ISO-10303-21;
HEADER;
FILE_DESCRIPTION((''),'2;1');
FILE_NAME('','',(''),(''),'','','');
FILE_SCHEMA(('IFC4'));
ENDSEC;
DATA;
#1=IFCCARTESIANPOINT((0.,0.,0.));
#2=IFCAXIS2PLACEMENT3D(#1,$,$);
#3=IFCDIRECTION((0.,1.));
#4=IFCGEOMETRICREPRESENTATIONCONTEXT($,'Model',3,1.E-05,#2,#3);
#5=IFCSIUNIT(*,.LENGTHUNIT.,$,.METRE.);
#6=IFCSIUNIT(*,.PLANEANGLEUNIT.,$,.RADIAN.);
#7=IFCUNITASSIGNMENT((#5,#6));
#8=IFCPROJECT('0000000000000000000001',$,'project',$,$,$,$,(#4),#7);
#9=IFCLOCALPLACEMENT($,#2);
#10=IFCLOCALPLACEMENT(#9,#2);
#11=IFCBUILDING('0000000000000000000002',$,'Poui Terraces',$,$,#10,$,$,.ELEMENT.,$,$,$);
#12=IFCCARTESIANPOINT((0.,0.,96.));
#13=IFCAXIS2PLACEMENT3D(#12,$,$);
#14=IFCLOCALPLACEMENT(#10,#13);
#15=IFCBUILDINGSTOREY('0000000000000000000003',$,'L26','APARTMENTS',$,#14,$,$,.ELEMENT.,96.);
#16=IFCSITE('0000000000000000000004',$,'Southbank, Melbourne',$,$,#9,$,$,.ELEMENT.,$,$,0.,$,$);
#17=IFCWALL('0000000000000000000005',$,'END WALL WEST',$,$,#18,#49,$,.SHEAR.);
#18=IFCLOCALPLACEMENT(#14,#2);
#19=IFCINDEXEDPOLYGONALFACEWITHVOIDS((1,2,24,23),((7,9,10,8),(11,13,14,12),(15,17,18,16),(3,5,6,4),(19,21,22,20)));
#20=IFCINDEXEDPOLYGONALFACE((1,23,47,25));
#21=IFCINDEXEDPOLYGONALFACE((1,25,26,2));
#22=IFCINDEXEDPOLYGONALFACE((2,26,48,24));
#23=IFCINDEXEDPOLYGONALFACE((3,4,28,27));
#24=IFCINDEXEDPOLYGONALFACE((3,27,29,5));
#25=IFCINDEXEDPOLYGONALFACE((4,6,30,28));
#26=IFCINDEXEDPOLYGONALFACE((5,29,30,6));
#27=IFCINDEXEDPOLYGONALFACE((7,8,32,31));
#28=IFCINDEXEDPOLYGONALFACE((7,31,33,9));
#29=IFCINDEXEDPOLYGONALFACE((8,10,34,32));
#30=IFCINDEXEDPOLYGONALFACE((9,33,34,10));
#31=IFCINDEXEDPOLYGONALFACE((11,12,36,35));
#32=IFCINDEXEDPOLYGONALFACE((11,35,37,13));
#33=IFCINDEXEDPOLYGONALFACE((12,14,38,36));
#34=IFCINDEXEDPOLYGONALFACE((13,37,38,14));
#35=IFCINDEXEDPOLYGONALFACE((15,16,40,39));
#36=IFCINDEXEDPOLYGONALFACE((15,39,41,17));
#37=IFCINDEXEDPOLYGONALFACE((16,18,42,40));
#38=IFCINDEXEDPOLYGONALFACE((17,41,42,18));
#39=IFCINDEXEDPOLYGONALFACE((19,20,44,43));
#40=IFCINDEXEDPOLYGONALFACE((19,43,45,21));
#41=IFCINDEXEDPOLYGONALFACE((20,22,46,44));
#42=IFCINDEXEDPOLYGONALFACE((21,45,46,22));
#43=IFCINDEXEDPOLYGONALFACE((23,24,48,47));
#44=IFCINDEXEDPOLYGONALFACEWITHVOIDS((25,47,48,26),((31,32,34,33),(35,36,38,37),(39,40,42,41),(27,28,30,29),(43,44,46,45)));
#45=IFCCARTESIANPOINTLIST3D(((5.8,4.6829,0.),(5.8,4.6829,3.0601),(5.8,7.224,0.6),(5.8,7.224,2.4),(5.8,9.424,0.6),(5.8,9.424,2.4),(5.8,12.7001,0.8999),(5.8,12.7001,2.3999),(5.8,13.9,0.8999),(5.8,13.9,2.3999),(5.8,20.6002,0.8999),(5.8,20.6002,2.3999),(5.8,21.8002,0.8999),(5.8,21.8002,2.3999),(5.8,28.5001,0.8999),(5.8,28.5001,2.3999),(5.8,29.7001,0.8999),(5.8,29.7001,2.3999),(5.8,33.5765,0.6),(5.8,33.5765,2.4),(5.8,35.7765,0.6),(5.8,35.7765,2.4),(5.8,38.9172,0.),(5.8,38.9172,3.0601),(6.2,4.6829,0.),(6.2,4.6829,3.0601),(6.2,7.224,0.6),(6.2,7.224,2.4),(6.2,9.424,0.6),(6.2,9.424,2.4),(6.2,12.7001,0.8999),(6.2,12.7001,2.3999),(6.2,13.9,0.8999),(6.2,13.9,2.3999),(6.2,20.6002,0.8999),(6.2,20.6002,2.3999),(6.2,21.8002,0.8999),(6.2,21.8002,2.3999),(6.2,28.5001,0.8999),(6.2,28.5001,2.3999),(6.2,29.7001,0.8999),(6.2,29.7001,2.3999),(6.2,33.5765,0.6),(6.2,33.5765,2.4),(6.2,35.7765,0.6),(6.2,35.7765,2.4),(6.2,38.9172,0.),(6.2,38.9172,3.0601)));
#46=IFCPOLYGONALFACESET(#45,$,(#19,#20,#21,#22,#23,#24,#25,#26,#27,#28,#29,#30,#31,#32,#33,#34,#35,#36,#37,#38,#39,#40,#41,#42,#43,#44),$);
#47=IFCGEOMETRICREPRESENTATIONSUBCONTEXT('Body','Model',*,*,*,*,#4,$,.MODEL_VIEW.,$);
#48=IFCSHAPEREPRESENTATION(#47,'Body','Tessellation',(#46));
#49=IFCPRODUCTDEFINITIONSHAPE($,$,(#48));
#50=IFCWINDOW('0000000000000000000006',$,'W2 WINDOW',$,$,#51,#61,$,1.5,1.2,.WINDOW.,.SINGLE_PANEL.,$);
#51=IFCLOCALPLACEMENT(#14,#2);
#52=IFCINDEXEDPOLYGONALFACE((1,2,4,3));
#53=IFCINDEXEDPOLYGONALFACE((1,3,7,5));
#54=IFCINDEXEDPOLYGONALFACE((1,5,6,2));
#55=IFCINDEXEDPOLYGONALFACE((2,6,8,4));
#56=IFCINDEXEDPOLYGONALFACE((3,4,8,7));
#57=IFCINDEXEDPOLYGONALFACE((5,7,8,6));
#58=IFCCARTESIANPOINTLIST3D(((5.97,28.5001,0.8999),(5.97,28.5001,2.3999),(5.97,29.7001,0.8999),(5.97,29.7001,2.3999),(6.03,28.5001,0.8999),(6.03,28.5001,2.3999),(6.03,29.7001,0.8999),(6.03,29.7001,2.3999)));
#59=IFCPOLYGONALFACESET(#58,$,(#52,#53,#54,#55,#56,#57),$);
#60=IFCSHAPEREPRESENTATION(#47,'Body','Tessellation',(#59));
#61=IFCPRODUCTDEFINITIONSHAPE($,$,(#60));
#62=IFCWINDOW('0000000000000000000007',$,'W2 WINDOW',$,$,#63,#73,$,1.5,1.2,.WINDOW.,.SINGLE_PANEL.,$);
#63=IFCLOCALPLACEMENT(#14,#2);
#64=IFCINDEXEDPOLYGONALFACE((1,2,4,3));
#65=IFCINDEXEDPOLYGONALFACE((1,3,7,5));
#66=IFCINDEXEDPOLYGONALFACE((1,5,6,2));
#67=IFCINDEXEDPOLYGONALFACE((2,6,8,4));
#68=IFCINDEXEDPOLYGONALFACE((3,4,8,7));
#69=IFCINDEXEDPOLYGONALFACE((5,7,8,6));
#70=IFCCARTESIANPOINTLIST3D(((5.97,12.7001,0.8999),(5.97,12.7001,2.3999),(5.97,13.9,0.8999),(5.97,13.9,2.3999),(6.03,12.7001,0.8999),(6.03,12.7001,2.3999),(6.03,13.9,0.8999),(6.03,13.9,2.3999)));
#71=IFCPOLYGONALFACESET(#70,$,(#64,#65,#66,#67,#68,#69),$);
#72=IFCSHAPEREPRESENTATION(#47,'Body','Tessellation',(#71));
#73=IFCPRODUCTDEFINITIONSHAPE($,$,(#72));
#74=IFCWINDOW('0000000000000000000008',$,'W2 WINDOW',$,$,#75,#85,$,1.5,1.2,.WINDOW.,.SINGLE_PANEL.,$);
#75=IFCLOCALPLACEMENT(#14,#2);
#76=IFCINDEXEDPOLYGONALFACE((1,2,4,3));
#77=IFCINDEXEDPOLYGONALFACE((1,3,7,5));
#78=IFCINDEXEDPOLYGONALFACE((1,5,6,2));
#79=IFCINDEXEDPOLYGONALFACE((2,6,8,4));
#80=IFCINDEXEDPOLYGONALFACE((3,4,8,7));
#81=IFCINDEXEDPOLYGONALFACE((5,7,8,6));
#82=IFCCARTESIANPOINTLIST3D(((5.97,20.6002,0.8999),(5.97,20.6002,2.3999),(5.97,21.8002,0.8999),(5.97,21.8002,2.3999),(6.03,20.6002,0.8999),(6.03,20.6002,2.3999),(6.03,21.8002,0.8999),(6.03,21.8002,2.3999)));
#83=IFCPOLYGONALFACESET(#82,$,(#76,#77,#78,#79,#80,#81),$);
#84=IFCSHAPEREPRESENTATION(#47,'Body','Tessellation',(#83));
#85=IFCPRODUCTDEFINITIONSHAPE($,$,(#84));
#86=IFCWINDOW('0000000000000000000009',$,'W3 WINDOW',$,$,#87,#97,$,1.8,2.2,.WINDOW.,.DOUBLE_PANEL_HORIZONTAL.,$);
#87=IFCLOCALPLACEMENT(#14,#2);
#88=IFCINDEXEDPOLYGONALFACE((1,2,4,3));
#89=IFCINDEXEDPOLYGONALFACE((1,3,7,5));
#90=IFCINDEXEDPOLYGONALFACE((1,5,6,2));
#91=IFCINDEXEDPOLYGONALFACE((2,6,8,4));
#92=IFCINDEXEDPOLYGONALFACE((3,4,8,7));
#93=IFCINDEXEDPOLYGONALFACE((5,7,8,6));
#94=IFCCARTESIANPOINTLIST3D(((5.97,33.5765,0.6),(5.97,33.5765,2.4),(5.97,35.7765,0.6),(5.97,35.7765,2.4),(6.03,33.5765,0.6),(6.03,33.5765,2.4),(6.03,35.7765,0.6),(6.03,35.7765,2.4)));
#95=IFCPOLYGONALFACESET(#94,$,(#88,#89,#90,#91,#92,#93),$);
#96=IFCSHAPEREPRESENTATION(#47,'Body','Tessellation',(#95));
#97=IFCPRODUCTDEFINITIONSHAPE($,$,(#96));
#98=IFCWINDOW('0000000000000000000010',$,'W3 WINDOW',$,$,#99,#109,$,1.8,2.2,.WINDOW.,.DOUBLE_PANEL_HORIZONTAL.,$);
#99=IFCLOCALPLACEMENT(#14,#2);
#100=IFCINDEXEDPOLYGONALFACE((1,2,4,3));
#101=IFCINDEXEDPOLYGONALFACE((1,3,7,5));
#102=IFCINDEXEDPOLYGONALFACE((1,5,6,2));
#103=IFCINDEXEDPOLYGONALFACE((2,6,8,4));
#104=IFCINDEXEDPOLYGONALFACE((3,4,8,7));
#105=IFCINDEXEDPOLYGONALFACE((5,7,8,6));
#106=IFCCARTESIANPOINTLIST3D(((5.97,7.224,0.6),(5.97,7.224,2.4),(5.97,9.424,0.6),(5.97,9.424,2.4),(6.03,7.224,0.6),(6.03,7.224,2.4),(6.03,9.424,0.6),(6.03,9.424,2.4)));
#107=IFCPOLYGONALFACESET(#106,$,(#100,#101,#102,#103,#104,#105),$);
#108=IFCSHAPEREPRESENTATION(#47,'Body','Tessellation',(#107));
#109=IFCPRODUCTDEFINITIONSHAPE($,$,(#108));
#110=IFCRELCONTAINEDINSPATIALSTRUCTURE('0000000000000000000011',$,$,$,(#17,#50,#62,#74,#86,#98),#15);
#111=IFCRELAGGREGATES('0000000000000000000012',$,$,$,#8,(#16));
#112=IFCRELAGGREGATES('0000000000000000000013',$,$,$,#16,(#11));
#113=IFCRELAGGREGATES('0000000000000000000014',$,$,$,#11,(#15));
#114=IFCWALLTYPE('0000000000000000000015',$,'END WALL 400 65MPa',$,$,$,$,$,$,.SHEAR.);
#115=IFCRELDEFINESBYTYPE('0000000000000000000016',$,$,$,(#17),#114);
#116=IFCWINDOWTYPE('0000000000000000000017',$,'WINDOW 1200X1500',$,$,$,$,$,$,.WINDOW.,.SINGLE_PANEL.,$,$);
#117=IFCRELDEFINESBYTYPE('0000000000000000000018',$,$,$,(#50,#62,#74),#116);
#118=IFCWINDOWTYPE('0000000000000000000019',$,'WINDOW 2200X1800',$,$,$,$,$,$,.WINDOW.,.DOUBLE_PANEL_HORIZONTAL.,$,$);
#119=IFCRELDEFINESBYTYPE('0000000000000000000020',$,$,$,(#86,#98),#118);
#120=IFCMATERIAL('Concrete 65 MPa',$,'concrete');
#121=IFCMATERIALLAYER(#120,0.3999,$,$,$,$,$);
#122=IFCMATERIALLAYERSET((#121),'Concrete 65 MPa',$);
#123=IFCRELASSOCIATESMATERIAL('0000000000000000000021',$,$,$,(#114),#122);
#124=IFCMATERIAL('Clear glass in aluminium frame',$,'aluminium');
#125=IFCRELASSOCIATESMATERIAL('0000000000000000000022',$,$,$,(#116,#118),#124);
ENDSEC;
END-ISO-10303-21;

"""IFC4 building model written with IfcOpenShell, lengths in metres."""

from ifc_helpers import new_model, si_unit, direction, frame, frame_2d, origin, place, context, subcontext, project, spatial, rectangle, extrude, material, layer, layer_set, type_object, element, fill, save


model = new_model("IFC4")

# Units and contexts
model_context = context("Model", 3, precision=1e-05, world=origin(), true_north=direction((0.0, 1.0)))
body_context = subcontext(model_context, "Body", "Model", "MODEL_VIEW")
ifc_project = project(units=[si_unit("LENGTHUNIT", "METRE"), si_unit("PLANEANGLEUNIT", "RADIAN")], contexts=[model_context])

# Site, building, storey
site_placement = place(None, origin())
site = spatial("IfcSite", under=ifc_project, at=site_placement, Name="Southbank, Melbourne", CompositionType="ELEMENT", RefElevation=0.0)
building_placement = place(site_placement, origin())
building = spatial("IfcBuilding", under=site, at=building_placement, Name="Poui Terraces", CompositionType="ELEMENT")
storey_placement = place(building_placement, frame((0.0, 0.0, 96.0)))
storey = spatial("IfcBuildingStorey", under=building, at=storey_placement, Name="L26", Description="APARTMENTS", CompositionType="ELEMENT", Elevation=96.0)

# Shared definitions
ifc_material_1 = material(Name="Concrete 65 MPa", Category="concrete")

# Wall, openings, windows
ifc_layer_1 = layer(ifc_material_1, 0.3999)
ifc_layer_set_1 = layer_set([ifc_layer_1], Name="Concrete 65 MPa")
wall_type = type_object("IfcWallType", Name="END WALL 400 65MPa", PredefinedType="SHEAR", material=ifc_layer_set_1)
wall_placement = place(storey_placement, frame((6.0, 4.6829, 0.0), z_axis=(0.0, 0.0, 1.0), x_axis=(0.0, 1.0, 0.0)))
wall = element("IfcWall", 1, at=wall_placement, inside=storey, type_object=wall_type, Name="END WALL WEST", PredefinedType="SHEAR", context=body_context, shape_type="SweptSolid", body=[
    extrude(rectangle(XDim=34.2344, YDim=0.3999, at=frame_2d((17.1172, 0.0))), origin(), (0.0, 0.0, 1.0), 3.0601),
])
opening_1_placement = place(wall_placement, frame((23.8171, 0.0, 0.8999)))
opening_1 = element("IfcOpeningElement", 2, at=opening_1_placement, cuts=wall, PredefinedType="OPENING", context=body_context, shape_type="SweptSolid", body=[
    extrude(rectangle(XDim=1.2, YDim=1.5, at=frame_2d((0.6001, 0.75))), frame((0.0, 0.21, 0.0), z_axis=(0.0, -1.0, 0.0), x_axis=(1.0, 0.0, 0.0)), (0.0, 0.0, 1.0), 0.4199),
])
opening_2_placement = place(wall_placement, frame((8.0171, 0.0, 0.8999)))
opening_2 = element("IfcOpeningElement", 3, at=opening_2_placement, cuts=wall, PredefinedType="OPENING", context=body_context, shape_type="SweptSolid", body=[
    extrude(rectangle(XDim=1.2, YDim=1.5, at=frame_2d((0.6001, 0.75))), frame((0.0, 0.21, 0.0), z_axis=(0.0, -1.0, 0.0), x_axis=(1.0, 0.0, 0.0)), (0.0, 0.0, 1.0), 0.4199),
])
opening_3_placement = place(wall_placement, frame((15.9172, 0.0, 0.8999)))
opening_3 = element("IfcOpeningElement", 4, at=opening_3_placement, cuts=wall, PredefinedType="OPENING", context=body_context, shape_type="SweptSolid", body=[
    extrude(rectangle(XDim=1.2, YDim=1.5, at=frame_2d((0.6001, 0.75))), frame((0.0, 0.21, 0.0), z_axis=(0.0, -1.0, 0.0), x_axis=(1.0, 0.0, 0.0)), (0.0, 0.0, 1.0), 0.4199),
])
opening_4_placement = place(wall_placement, frame((28.8936, 0.0, 0.6001)))
opening_4 = element("IfcOpeningElement", 5, at=opening_4_placement, cuts=wall, PredefinedType="OPENING", context=body_context, shape_type="SweptSolid", body=[
    extrude(rectangle(XDim=2.2, YDim=1.8, at=frame_2d((1.1001, 0.8999))), frame((0.0, 0.21, 0.0), z_axis=(0.0, -1.0, 0.0), x_axis=(1.0, 0.0, 0.0)), (0.0, 0.0, 1.0), 0.4199),
])
opening_5_placement = place(wall_placement, frame((2.541, 0.0, 0.6001)))
opening_5 = element("IfcOpeningElement", 6, at=opening_5_placement, cuts=wall, PredefinedType="OPENING", context=body_context, shape_type="SweptSolid", body=[
    extrude(rectangle(XDim=2.2, YDim=1.8, at=frame_2d((1.1001, 0.8999))), frame((0.0, 0.21, 0.0), z_axis=(0.0, -1.0, 0.0), x_axis=(1.0, 0.0, 0.0)), (0.0, 0.0, 1.0), 0.4199),
])
ifc_material_2 = material(Name="Clear glass in aluminium frame", Category="aluminium")
window_type_1 = type_object("IfcWindowType", Name="WINDOW 1200X1500", PartitioningType="SINGLE_PANEL", PredefinedType="WINDOW", material=ifc_material_2)
window_1_placement = place(opening_1_placement, origin())
window_1 = element("IfcWindow", 7, at=window_1_placement, inside=storey, type_object=window_type_1, Name="W2 WINDOW", OverallHeight=1.5, OverallWidth=1.2, PartitioningType="SINGLE_PANEL", PredefinedType="WINDOW", context=body_context, shape_type="SweptSolid", body=[
    extrude(rectangle(XDim=1.2, YDim=1.5, at=frame_2d((0.6001, 0.75))), frame((0.0, 0.03, 0.0), z_axis=(0.0, -1.0, 0.0), x_axis=(1.0, 0.0, 0.0)), (0.0, 0.0, 1.0), 0.0601),
])
fill(opening_1, window_1)
window_2_placement = place(opening_2_placement, origin())
window_2 = element("IfcWindow", 8, at=window_2_placement, inside=storey, type_object=window_type_1, Name="W2 WINDOW", OverallHeight=1.5, OverallWidth=1.2, PartitioningType="SINGLE_PANEL", PredefinedType="WINDOW", context=body_context, shape_type="SweptSolid", body=[
    extrude(rectangle(XDim=1.2, YDim=1.5, at=frame_2d((0.6001, 0.75))), frame((0.0, 0.03, 0.0), z_axis=(0.0, -1.0, 0.0), x_axis=(1.0, 0.0, 0.0)), (0.0, 0.0, 1.0), 0.0601),
])
fill(opening_2, window_2)
window_3_placement = place(opening_3_placement, origin())
window_3 = element("IfcWindow", 9, at=window_3_placement, inside=storey, type_object=window_type_1, Name="W2 WINDOW", OverallHeight=1.5, OverallWidth=1.2, PartitioningType="SINGLE_PANEL", PredefinedType="WINDOW", context=body_context, shape_type="SweptSolid", body=[
    extrude(rectangle(XDim=1.2, YDim=1.5, at=frame_2d((0.6001, 0.75))), frame((0.0, 0.03, 0.0), z_axis=(0.0, -1.0, 0.0), x_axis=(1.0, 0.0, 0.0)), (0.0, 0.0, 1.0), 0.0601),
])
fill(opening_3, window_3)
window_type_2 = type_object("IfcWindowType", Name="WINDOW 2200X1800", PartitioningType="DOUBLE_PANEL_HORIZONTAL", PredefinedType="WINDOW", material=ifc_material_2)
window_4_placement = place(opening_4_placement, origin())
window_4 = element("IfcWindow", 10, at=window_4_placement, inside=storey, type_object=window_type_2, Name="W3 WINDOW", OverallHeight=1.8, OverallWidth=2.2, PartitioningType="DOUBLE_PANEL_HORIZONTAL", PredefinedType="WINDOW", context=body_context, shape_type="SweptSolid", body=[
    extrude(rectangle(XDim=2.2, YDim=1.8, at=frame_2d((1.1001, 0.8999))), frame((0.0, 0.03, 0.0), z_axis=(0.0, -1.0, 0.0), x_axis=(1.0, 0.0, 0.0)), (0.0, 0.0, 1.0), 0.0601),
])
fill(opening_4, window_4)
window_5_placement = place(opening_5_placement, origin())
window_5 = element("IfcWindow", 11, at=window_5_placement, inside=storey, type_object=window_type_2, Name="W3 WINDOW", OverallHeight=1.8, OverallWidth=2.2, PartitioningType="DOUBLE_PANEL_HORIZONTAL", PredefinedType="WINDOW", context=body_context, shape_type="SweptSolid", body=[
    extrude(rectangle(XDim=2.2, YDim=1.8, at=frame_2d((1.1001, 0.8999))), frame((0.0, 0.03, 0.0), z_axis=(0.0, -1.0, 0.0), x_axis=(1.0, 0.0, 0.0)), (0.0, 0.0, 1.0), 0.0601),
])
fill(opening_5, window_5)

save(model, "model.ifc")
